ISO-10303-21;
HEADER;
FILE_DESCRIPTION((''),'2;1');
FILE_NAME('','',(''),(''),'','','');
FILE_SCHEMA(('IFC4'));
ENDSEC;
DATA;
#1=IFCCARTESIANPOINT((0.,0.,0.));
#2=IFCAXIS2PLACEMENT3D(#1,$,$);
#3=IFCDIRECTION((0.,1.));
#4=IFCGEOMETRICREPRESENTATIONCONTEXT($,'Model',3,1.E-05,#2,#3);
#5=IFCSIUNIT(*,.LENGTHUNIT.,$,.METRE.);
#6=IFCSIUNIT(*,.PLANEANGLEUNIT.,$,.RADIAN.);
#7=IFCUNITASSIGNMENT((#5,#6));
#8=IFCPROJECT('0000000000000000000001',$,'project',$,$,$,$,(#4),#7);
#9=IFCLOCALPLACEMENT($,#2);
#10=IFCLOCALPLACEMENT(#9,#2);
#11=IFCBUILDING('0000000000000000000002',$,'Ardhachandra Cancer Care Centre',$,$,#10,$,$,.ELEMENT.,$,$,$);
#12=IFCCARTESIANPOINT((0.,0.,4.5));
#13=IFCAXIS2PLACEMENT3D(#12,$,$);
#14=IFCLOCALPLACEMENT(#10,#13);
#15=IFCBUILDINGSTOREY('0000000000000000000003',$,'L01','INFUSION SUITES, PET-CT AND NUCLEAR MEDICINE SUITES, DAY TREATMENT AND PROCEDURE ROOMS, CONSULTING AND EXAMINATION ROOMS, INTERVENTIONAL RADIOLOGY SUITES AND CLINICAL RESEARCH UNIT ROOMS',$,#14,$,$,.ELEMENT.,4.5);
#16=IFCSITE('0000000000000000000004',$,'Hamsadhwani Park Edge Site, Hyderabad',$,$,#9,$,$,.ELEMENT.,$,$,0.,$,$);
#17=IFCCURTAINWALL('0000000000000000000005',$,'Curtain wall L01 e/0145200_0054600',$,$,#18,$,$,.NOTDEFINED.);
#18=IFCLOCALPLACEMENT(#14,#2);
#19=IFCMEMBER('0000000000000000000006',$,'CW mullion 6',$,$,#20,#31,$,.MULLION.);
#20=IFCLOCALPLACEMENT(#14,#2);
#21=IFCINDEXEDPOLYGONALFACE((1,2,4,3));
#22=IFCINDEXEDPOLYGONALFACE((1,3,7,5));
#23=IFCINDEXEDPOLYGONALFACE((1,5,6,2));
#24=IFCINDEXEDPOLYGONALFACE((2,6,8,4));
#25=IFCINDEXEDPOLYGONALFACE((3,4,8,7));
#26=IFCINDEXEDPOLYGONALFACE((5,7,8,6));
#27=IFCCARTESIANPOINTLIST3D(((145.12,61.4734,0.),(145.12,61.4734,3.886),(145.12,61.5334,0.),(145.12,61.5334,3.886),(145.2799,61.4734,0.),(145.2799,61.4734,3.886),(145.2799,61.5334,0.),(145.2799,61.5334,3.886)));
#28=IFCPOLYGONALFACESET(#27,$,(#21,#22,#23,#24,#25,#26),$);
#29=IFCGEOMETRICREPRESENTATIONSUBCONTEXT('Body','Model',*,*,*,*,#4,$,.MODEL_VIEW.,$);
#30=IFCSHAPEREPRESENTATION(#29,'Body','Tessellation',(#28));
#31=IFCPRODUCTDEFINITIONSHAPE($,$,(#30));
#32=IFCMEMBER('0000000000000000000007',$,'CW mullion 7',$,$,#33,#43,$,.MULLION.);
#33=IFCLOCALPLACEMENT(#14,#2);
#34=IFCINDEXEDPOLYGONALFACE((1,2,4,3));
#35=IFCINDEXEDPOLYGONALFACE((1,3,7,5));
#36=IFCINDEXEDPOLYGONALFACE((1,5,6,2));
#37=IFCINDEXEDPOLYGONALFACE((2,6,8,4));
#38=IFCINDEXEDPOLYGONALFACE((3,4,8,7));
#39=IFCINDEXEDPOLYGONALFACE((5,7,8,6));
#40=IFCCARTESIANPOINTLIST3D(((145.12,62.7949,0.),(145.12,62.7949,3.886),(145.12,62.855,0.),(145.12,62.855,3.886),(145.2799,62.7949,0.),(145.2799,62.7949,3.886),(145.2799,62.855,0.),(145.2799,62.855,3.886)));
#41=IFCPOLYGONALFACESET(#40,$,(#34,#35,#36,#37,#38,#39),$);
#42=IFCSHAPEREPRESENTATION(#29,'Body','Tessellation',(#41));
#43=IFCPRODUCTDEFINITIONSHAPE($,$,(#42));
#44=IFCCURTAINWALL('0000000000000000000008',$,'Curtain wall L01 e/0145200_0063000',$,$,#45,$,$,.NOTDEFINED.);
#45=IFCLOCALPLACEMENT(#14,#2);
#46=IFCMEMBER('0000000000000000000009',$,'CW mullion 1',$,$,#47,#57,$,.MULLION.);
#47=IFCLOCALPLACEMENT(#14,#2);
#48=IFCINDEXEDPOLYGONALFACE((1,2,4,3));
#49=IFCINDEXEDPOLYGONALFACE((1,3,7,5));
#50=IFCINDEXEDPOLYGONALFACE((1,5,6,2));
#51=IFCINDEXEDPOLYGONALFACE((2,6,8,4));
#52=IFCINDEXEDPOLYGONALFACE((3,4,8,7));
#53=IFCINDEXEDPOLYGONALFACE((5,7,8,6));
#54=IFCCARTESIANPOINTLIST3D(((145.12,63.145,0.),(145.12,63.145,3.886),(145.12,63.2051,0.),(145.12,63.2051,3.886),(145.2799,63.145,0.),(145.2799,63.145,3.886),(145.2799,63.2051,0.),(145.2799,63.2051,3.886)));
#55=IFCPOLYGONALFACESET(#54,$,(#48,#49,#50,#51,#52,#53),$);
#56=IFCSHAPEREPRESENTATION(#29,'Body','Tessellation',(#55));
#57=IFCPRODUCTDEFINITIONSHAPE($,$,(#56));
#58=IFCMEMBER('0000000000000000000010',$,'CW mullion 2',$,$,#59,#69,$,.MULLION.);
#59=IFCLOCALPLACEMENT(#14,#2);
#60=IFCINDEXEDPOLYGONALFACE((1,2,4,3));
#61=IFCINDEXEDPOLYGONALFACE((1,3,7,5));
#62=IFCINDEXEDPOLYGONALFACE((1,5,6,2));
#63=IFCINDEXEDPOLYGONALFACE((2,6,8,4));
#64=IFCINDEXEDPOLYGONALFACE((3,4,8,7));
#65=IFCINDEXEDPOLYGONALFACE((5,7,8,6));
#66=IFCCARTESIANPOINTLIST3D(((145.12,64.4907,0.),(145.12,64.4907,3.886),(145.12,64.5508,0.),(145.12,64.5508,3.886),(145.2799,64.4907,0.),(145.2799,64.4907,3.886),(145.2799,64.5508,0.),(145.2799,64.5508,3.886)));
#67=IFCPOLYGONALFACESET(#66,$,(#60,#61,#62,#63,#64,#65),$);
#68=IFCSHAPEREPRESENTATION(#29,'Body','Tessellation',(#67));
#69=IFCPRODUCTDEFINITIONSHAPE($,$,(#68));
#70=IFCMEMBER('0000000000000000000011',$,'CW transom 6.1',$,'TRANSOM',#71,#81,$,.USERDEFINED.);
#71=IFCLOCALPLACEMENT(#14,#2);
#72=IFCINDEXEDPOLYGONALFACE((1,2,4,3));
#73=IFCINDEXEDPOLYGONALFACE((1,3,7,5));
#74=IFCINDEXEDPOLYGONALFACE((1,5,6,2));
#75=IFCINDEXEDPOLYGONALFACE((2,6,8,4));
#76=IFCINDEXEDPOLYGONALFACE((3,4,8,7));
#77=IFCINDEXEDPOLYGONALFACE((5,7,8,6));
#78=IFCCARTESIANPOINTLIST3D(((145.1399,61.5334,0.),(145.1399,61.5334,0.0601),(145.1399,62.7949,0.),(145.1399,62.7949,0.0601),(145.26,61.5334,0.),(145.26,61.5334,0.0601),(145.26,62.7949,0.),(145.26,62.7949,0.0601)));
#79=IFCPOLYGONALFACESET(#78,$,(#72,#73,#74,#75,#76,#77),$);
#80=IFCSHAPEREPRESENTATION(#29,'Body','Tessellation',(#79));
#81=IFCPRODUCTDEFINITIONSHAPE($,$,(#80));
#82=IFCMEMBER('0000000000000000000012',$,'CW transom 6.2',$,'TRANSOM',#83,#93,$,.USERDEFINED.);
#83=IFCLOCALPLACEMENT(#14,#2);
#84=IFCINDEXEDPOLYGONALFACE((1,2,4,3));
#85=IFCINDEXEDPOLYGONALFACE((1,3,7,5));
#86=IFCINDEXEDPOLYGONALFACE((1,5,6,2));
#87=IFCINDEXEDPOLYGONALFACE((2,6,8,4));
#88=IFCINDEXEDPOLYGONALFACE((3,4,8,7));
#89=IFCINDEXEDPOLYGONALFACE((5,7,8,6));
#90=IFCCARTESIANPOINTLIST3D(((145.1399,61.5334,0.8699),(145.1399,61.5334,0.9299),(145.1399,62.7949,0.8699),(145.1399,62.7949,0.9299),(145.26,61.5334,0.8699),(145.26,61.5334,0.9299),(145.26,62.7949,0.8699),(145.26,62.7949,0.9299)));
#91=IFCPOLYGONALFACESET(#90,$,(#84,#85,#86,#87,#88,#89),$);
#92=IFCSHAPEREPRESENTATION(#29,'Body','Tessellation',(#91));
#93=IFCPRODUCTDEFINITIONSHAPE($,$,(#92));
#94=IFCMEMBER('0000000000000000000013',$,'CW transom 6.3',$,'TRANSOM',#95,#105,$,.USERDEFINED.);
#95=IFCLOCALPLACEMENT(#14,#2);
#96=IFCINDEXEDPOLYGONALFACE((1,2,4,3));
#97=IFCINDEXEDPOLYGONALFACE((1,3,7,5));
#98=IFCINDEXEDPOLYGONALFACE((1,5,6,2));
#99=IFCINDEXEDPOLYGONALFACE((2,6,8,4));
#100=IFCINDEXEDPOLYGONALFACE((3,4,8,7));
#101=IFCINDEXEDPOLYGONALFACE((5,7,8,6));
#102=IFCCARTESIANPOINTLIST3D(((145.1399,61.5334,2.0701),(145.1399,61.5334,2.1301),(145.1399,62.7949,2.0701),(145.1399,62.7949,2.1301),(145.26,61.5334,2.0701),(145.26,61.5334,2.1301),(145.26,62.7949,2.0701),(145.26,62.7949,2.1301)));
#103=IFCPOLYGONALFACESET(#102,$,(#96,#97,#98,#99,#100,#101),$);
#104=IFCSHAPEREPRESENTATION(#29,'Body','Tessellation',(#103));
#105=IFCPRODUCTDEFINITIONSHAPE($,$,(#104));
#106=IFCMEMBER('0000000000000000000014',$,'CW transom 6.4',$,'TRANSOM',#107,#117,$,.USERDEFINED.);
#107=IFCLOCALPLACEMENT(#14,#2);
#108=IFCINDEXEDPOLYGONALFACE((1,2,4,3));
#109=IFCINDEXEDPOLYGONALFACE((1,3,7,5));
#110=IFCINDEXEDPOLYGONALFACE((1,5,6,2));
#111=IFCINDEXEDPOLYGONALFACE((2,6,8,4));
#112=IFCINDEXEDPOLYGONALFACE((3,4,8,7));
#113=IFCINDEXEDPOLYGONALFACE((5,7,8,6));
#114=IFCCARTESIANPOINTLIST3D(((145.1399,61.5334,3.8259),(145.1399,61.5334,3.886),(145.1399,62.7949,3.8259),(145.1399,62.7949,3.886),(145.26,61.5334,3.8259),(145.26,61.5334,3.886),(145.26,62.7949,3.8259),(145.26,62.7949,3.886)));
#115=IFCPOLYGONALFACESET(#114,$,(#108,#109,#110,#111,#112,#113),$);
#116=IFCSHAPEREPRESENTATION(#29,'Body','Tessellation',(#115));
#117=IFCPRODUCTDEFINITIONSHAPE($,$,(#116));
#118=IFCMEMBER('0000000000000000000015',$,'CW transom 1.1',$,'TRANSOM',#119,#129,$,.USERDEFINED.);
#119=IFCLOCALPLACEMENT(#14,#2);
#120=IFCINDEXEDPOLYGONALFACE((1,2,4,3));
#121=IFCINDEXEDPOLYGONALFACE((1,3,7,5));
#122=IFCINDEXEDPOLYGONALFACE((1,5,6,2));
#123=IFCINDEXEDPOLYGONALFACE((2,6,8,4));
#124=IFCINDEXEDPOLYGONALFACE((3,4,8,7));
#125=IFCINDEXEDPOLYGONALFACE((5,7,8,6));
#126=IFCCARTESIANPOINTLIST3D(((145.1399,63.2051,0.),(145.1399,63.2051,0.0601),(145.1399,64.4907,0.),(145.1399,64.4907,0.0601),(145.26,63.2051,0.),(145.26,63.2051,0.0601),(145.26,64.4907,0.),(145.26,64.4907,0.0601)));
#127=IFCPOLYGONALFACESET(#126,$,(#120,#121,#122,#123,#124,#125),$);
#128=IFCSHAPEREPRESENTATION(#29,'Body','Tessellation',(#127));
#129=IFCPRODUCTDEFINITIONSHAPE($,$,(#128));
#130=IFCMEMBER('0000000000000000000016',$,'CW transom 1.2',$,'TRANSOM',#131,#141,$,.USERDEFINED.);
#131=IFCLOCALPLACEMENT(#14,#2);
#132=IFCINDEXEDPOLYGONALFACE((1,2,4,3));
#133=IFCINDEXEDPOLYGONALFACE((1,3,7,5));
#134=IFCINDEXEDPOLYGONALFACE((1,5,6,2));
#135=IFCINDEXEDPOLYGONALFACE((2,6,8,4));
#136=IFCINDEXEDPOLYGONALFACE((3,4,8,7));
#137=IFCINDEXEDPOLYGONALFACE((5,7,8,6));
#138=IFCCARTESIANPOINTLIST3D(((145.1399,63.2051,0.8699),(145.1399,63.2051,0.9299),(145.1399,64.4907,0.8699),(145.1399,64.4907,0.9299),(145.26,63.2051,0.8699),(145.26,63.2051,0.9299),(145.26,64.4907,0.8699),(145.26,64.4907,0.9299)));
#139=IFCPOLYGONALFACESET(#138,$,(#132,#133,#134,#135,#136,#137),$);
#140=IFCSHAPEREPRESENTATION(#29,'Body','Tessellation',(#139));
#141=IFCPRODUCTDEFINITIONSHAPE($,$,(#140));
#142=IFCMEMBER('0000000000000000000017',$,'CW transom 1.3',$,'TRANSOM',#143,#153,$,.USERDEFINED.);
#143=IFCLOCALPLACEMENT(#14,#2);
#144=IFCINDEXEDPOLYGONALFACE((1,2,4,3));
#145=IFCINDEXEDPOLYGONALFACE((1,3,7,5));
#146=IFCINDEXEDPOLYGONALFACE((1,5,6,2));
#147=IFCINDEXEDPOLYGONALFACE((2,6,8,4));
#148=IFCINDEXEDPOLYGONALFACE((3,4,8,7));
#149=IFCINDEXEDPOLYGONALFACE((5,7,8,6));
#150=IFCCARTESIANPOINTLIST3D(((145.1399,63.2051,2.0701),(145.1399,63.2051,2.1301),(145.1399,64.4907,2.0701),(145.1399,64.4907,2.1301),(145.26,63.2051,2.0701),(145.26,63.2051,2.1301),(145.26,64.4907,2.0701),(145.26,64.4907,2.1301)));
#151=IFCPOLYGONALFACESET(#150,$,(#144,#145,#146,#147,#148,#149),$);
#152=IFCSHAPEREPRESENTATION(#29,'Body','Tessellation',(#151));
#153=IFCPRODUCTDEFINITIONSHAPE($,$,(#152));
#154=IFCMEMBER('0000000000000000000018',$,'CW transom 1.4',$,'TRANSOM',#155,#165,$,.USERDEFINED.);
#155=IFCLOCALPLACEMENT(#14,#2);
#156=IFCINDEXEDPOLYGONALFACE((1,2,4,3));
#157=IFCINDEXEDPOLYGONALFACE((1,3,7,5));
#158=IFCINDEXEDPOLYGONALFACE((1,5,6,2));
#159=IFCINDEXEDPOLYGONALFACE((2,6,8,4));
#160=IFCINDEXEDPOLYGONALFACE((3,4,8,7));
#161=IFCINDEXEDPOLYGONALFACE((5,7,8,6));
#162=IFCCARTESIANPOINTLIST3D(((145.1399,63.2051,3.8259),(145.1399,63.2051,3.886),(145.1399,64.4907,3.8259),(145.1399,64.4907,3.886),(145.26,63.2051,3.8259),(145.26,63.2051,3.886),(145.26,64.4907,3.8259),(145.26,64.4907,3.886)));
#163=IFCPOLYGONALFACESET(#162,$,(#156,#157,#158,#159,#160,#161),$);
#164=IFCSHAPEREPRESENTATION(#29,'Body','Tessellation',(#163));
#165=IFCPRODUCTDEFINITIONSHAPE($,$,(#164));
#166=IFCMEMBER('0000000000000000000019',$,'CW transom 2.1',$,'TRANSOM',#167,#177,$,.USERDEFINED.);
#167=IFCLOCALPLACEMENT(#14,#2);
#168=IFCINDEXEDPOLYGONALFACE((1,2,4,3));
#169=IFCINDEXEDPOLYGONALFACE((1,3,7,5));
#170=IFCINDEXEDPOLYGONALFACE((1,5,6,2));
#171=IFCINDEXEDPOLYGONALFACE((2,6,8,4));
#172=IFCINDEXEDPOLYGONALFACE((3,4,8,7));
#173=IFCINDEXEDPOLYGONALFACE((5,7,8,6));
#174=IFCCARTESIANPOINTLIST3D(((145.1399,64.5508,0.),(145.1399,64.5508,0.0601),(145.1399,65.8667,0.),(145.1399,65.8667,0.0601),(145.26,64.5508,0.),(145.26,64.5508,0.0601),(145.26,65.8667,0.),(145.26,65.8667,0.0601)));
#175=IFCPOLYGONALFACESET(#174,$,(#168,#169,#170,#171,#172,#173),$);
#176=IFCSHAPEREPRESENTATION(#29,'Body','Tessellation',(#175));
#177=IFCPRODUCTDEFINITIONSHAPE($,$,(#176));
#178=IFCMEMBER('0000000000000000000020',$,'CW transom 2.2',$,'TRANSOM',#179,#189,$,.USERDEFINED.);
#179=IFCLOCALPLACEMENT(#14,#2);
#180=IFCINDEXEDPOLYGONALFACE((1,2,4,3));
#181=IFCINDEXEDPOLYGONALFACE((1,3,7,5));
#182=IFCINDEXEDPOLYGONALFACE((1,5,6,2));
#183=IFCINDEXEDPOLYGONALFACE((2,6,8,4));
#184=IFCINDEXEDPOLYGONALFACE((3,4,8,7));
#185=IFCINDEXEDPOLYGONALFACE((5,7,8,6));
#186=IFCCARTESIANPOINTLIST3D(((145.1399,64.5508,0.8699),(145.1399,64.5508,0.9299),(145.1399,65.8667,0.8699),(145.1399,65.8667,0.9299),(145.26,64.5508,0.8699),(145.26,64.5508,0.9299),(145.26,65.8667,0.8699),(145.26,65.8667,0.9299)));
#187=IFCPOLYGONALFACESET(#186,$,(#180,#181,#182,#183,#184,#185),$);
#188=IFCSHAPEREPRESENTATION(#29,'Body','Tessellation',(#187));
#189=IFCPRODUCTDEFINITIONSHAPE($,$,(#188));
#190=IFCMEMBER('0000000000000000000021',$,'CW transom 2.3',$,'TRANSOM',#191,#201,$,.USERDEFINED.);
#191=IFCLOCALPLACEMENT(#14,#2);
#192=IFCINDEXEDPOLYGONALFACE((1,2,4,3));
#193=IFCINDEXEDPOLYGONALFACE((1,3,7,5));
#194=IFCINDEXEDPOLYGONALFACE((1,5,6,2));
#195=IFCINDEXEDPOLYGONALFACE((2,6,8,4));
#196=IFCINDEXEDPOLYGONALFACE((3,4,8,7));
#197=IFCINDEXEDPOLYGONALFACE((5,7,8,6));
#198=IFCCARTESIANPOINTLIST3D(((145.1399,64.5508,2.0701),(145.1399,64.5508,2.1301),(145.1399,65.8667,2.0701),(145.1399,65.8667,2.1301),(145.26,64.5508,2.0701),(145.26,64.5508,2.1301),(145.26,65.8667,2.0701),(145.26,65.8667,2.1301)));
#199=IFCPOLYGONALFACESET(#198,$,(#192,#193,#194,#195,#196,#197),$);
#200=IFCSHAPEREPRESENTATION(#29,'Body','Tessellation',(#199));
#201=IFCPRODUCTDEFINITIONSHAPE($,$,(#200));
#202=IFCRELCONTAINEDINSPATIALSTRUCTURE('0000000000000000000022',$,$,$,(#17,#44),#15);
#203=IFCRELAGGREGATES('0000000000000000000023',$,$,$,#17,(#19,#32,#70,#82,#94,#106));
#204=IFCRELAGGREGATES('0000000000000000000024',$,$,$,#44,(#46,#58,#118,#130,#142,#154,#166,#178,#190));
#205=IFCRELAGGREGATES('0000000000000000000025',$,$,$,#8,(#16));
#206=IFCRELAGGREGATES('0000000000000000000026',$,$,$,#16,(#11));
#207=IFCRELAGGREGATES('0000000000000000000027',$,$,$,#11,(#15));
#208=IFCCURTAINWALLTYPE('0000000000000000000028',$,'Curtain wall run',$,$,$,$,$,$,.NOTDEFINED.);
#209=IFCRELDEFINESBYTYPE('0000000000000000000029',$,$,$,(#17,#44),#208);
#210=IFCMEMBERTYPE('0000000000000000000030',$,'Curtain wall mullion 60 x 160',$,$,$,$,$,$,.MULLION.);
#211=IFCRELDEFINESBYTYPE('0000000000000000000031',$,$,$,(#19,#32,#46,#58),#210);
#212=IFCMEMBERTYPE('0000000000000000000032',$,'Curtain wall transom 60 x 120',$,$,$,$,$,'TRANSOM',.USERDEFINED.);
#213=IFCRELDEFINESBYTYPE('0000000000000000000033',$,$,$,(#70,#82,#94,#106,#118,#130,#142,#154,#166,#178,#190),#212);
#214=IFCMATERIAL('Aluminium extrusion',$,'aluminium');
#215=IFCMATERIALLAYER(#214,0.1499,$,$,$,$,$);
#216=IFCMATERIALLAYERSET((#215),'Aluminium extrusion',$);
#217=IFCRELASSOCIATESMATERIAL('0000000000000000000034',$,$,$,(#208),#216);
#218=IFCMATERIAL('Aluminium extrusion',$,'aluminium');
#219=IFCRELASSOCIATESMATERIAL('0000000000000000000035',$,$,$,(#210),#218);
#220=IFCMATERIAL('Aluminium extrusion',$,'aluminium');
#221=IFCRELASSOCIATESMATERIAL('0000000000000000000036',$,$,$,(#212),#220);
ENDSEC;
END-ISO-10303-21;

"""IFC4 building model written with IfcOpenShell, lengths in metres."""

from ifc_helpers import new_model, si_unit, direction, frame, origin, origin_2d, place, context, subcontext, project, spatial, rectangle, extrude, material, layer, layer_set, material_profile, profile_set, type_object, element, aggregate, save


model = new_model("IFC4")

# Units and contexts
model_context = context("Model", 3, precision=1e-05, world=origin(), true_north=direction((0.0, 1.0)))
body_context = subcontext(model_context, "Body", "Model", "MODEL_VIEW")
ifc_project = project(units=[si_unit("LENGTHUNIT", "METRE"), si_unit("PLANEANGLEUNIT", "RADIAN")], contexts=[model_context])

# Site, building, storey
site_placement = place(None, origin())
site = spatial("IfcSite", under=ifc_project, at=site_placement, Name="Hamsadhwani Park Edge Site, Hyderabad", CompositionType="ELEMENT", RefElevation=0.0)
building_placement = place(site_placement, origin())
building = spatial("IfcBuilding", under=site, at=building_placement, Name="Ardhachandra Cancer Care Centre", CompositionType="ELEMENT")
storey_placement = place(building_placement, frame((0.0, 0.0, 4.5)))
storey = spatial("IfcBuildingStorey", under=building, at=storey_placement, Name="L01", Description="INFUSION SUITES, PET-CT AND NUCLEAR MEDICINE SUITES, DAY TREATMENT AND PROCEDURE ROOMS, CONSULTING AND EXAMINATION ROOMS, INTERVENTIONAL RADIOLOGY SUITES AND CLINICAL RESEARCH UNIT ROOMS", CompositionType="ELEMENT", Elevation=4.5)

# Curtain walls, members
ifc_material_1 = material(Name="Aluminium extrusion", Category="aluminium")
ifc_layer_1 = layer(ifc_material_1, 0.1499)
ifc_layer_set_1 = layer_set([ifc_layer_1], Name="Aluminium extrusion")
curtain_wall_type = type_object("IfcCurtainWallType", Name="Curtain wall run", PredefinedType="NOTDEFINED", material=ifc_layer_set_1)
curtain_wall_1_placement = place(storey_placement, origin())
curtain_wall_1 = element("IfcCurtainWall", 1, at=curtain_wall_1_placement, inside=storey, type_object=curtain_wall_type, Name="Curtain wall L01 e/0145200_0054600", PredefinedType="NOTDEFINED")
ifc_material_2 = material(Name="Aluminium extrusion", Category="aluminium")
ifc_material_profile_1 = material_profile(ifc_material_2, rectangle(XDim=0.1599, YDim=0.0601, at=origin_2d()), Name="Curtain wall mullion 60 x 160")
ifc_profile_set_1 = profile_set([ifc_material_profile_1], Name="Aluminium extrusion")
member_type_1 = type_object("IfcMemberType", Name="Curtain wall mullion 60 x 160", PredefinedType="MULLION", material=ifc_profile_set_1)
member_1_placement = place(storey_placement, frame((145.2, 61.5034, 0.0), z_axis=(0.0, 0.0, 1.0), x_axis=(-1.0, 0.0, 0.0)))
member_1 = element("IfcMember", 2, at=member_1_placement, type_object=member_type_1, Name="CW mullion 6", PredefinedType="MULLION", context=body_context, shape_type="SweptSolid", body=[
    extrude(rectangle(XDim=0.1599, YDim=0.0601, at=origin_2d()), origin(), (0.0, 0.0, 1.0), 3.886),
])
member_2_placement = place(storey_placement, frame((145.2, 62.825, 0.0), z_axis=(0.0, 0.0, 1.0), x_axis=(-1.0, 0.0, 0.0)))
member_2 = element("IfcMember", 3, at=member_2_placement, type_object=member_type_1, Name="CW mullion 7", PredefinedType="MULLION", context=body_context, shape_type="SweptSolid", body=[
    extrude(rectangle(XDim=0.1599, YDim=0.0601, at=origin_2d()), origin(), (0.0, 0.0, 1.0), 3.886),
])
curtain_wall_2_placement = place(storey_placement, origin())
curtain_wall_2 = element("IfcCurtainWall", 4, at=curtain_wall_2_placement, inside=storey, type_object=curtain_wall_type, Name="Curtain wall L01 e/0145200_0063000", PredefinedType="NOTDEFINED")
member_3_placement = place(storey_placement, frame((145.2, 63.175, 0.0), z_axis=(0.0, 0.0, 1.0), x_axis=(-1.0, 0.0, 0.0)))
member_3 = element("IfcMember", 5, at=member_3_placement, type_object=member_type_1, Name="CW mullion 1", PredefinedType="MULLION", context=body_context, shape_type="SweptSolid", body=[
    extrude(rectangle(XDim=0.1599, YDim=0.0601, at=origin_2d()), origin(), (0.0, 0.0, 1.0), 3.886),
])
member_4_placement = place(storey_placement, frame((145.2, 64.5208, 0.0), z_axis=(0.0, 0.0, 1.0), x_axis=(-1.0, 0.0, 0.0)))
member_4 = element("IfcMember", 6, at=member_4_placement, type_object=member_type_1, Name="CW mullion 2", PredefinedType="MULLION", context=body_context, shape_type="SweptSolid", body=[
    extrude(rectangle(XDim=0.1599, YDim=0.0601, at=origin_2d()), origin(), (0.0, 0.0, 1.0), 3.886),
])

# Members
ifc_material_3 = material(Name="Aluminium extrusion", Category="aluminium")
ifc_material_profile_2 = material_profile(ifc_material_3, rectangle(XDim=0.1201, YDim=0.0601, at=origin_2d()), Name="Curtain wall transom 60 x 120")
ifc_profile_set_2 = profile_set([ifc_material_profile_2], Name="Aluminium extrusion")
member_type_2 = type_object("IfcMemberType", Name="Curtain wall transom 60 x 120", ElementType="TRANSOM", PredefinedType="USERDEFINED", material=ifc_profile_set_2)
member_5_placement = place(storey_placement, frame((145.2, 61.5334, 0.03), z_axis=(0.0, 1.0, 0.0), x_axis=(-1.0, 0.0, 0.0)))
member_5 = element("IfcMember", 7, at=member_5_placement, type_object=member_type_2, Name="CW transom 6.1", ObjectType="TRANSOM", PredefinedType="USERDEFINED", context=body_context, shape_type="SweptSolid", body=[
    extrude(rectangle(XDim=0.1201, YDim=0.0601, at=origin_2d()), origin(), (0.0, 0.0, 1.0), 1.2615),
])
member_6_placement = place(storey_placement, frame((145.2, 61.5334, 0.8999), z_axis=(0.0, 1.0, 0.0), x_axis=(-1.0, 0.0, 0.0)))
member_6 = element("IfcMember", 8, at=member_6_placement, type_object=member_type_2, Name="CW transom 6.2", ObjectType="TRANSOM", PredefinedType="USERDEFINED", context=body_context, shape_type="SweptSolid", body=[
    extrude(rectangle(XDim=0.1201, YDim=0.0601, at=origin_2d()), origin(), (0.0, 0.0, 1.0), 1.2615),
])
member_7_placement = place(storey_placement, frame((145.2, 61.5334, 2.1001), z_axis=(0.0, 1.0, 0.0), x_axis=(-1.0, 0.0, 0.0)))
member_7 = element("IfcMember", 9, at=member_7_placement, type_object=member_type_2, Name="CW transom 6.3", ObjectType="TRANSOM", PredefinedType="USERDEFINED", context=body_context, shape_type="SweptSolid", body=[
    extrude(rectangle(XDim=0.1201, YDim=0.0601, at=origin_2d()), origin(), (0.0, 0.0, 1.0), 1.2615),
])
member_8_placement = place(storey_placement, frame((145.2, 61.5334, 3.856), z_axis=(0.0, 1.0, 0.0), x_axis=(-1.0, 0.0, 0.0)))
member_8 = element("IfcMember", 10, at=member_8_placement, type_object=member_type_2, Name="CW transom 6.4", ObjectType="TRANSOM", PredefinedType="USERDEFINED", context=body_context, shape_type="SweptSolid", body=[
    extrude(rectangle(XDim=0.1201, YDim=0.0601, at=origin_2d()), origin(), (0.0, 0.0, 1.0), 1.2615),
])
member_9_placement = place(storey_placement, frame((145.2, 63.2051, 0.03), z_axis=(0.0, 1.0, 0.0), x_axis=(-1.0, 0.0, 0.0)))
member_9 = element("IfcMember", 11, at=member_9_placement, type_object=member_type_2, Name="CW transom 1.1", ObjectType="TRANSOM", PredefinedType="USERDEFINED", context=body_context, shape_type="SweptSolid", body=[
    extrude(rectangle(XDim=0.1201, YDim=0.0601, at=origin_2d()), origin(), (0.0, 0.0, 1.0), 1.2856),
])
member_10_placement = place(storey_placement, frame((145.2, 63.2051, 0.8999), z_axis=(0.0, 1.0, 0.0), x_axis=(-1.0, 0.0, 0.0)))
member_10 = element("IfcMember", 12, at=member_10_placement, type_object=member_type_2, Name="CW transom 1.2", ObjectType="TRANSOM", PredefinedType="USERDEFINED", context=body_context, shape_type="SweptSolid", body=[
    extrude(rectangle(XDim=0.1201, YDim=0.0601, at=origin_2d()), origin(), (0.0, 0.0, 1.0), 1.2856),
])
member_11_placement = place(storey_placement, frame((145.2, 63.2051, 2.1001), z_axis=(0.0, 1.0, 0.0), x_axis=(-1.0, 0.0, 0.0)))
member_11 = element("IfcMember", 13, at=member_11_placement, type_object=member_type_2, Name="CW transom 1.3", ObjectType="TRANSOM", PredefinedType="USERDEFINED", context=body_context, shape_type="SweptSolid", body=[
    extrude(rectangle(XDim=0.1201, YDim=0.0601, at=origin_2d()), origin(), (0.0, 0.0, 1.0), 1.2856),
])
member_12_placement = place(storey_placement, frame((145.2, 63.2051, 3.856), z_axis=(0.0, 1.0, 0.0), x_axis=(-1.0, 0.0, 0.0)))
member_12 = element("IfcMember", 14, at=member_12_placement, type_object=member_type_2, Name="CW transom 1.4", ObjectType="TRANSOM", PredefinedType="USERDEFINED", context=body_context, shape_type="SweptSolid", body=[
    extrude(rectangle(XDim=0.1201, YDim=0.0601, at=origin_2d()), origin(), (0.0, 0.0, 1.0), 1.2856),
])
member_13_placement = place(storey_placement, frame((145.2, 64.5508, 0.03), z_axis=(0.0, 1.0, 0.0), x_axis=(-1.0, 0.0, 0.0)))
member_13 = element("IfcMember", 15, at=member_13_placement, type_object=member_type_2, Name="CW transom 2.1", ObjectType="TRANSOM", PredefinedType="USERDEFINED", context=body_context, shape_type="SweptSolid", body=[
    extrude(rectangle(XDim=0.1201, YDim=0.0601, at=origin_2d()), origin(), (0.0, 0.0, 1.0), 1.3159),
])
member_14_placement = place(storey_placement, frame((145.2, 64.5508, 0.8999), z_axis=(0.0, 1.0, 0.0), x_axis=(-1.0, 0.0, 0.0)))
member_14 = element("IfcMember", 16, at=member_14_placement, type_object=member_type_2, Name="CW transom 2.2", ObjectType="TRANSOM", PredefinedType="USERDEFINED", context=body_context, shape_type="SweptSolid", body=[
    extrude(rectangle(XDim=0.1201, YDim=0.0601, at=origin_2d()), origin(), (0.0, 0.0, 1.0), 1.3159),
])
member_15_placement = place(storey_placement, frame((145.2, 64.5508, 2.1001), z_axis=(0.0, 1.0, 0.0), x_axis=(-1.0, 0.0, 0.0)))
member_15 = element("IfcMember", 17, at=member_15_placement, type_object=member_type_2, Name="CW transom 2.3", ObjectType="TRANSOM", PredefinedType="USERDEFINED", context=body_context, shape_type="SweptSolid", body=[
    extrude(rectangle(XDim=0.1201, YDim=0.0601, at=origin_2d()), origin(), (0.0, 0.0, 1.0), 1.3159),
])

aggregate(curtain_wall_1, [member_1, member_2, member_5, member_6, member_7, member_8])
aggregate(curtain_wall_2, [member_3, member_4, member_9, member_10, member_11, member_12, member_13, member_14, member_15])

save(model, "model.ifc")
